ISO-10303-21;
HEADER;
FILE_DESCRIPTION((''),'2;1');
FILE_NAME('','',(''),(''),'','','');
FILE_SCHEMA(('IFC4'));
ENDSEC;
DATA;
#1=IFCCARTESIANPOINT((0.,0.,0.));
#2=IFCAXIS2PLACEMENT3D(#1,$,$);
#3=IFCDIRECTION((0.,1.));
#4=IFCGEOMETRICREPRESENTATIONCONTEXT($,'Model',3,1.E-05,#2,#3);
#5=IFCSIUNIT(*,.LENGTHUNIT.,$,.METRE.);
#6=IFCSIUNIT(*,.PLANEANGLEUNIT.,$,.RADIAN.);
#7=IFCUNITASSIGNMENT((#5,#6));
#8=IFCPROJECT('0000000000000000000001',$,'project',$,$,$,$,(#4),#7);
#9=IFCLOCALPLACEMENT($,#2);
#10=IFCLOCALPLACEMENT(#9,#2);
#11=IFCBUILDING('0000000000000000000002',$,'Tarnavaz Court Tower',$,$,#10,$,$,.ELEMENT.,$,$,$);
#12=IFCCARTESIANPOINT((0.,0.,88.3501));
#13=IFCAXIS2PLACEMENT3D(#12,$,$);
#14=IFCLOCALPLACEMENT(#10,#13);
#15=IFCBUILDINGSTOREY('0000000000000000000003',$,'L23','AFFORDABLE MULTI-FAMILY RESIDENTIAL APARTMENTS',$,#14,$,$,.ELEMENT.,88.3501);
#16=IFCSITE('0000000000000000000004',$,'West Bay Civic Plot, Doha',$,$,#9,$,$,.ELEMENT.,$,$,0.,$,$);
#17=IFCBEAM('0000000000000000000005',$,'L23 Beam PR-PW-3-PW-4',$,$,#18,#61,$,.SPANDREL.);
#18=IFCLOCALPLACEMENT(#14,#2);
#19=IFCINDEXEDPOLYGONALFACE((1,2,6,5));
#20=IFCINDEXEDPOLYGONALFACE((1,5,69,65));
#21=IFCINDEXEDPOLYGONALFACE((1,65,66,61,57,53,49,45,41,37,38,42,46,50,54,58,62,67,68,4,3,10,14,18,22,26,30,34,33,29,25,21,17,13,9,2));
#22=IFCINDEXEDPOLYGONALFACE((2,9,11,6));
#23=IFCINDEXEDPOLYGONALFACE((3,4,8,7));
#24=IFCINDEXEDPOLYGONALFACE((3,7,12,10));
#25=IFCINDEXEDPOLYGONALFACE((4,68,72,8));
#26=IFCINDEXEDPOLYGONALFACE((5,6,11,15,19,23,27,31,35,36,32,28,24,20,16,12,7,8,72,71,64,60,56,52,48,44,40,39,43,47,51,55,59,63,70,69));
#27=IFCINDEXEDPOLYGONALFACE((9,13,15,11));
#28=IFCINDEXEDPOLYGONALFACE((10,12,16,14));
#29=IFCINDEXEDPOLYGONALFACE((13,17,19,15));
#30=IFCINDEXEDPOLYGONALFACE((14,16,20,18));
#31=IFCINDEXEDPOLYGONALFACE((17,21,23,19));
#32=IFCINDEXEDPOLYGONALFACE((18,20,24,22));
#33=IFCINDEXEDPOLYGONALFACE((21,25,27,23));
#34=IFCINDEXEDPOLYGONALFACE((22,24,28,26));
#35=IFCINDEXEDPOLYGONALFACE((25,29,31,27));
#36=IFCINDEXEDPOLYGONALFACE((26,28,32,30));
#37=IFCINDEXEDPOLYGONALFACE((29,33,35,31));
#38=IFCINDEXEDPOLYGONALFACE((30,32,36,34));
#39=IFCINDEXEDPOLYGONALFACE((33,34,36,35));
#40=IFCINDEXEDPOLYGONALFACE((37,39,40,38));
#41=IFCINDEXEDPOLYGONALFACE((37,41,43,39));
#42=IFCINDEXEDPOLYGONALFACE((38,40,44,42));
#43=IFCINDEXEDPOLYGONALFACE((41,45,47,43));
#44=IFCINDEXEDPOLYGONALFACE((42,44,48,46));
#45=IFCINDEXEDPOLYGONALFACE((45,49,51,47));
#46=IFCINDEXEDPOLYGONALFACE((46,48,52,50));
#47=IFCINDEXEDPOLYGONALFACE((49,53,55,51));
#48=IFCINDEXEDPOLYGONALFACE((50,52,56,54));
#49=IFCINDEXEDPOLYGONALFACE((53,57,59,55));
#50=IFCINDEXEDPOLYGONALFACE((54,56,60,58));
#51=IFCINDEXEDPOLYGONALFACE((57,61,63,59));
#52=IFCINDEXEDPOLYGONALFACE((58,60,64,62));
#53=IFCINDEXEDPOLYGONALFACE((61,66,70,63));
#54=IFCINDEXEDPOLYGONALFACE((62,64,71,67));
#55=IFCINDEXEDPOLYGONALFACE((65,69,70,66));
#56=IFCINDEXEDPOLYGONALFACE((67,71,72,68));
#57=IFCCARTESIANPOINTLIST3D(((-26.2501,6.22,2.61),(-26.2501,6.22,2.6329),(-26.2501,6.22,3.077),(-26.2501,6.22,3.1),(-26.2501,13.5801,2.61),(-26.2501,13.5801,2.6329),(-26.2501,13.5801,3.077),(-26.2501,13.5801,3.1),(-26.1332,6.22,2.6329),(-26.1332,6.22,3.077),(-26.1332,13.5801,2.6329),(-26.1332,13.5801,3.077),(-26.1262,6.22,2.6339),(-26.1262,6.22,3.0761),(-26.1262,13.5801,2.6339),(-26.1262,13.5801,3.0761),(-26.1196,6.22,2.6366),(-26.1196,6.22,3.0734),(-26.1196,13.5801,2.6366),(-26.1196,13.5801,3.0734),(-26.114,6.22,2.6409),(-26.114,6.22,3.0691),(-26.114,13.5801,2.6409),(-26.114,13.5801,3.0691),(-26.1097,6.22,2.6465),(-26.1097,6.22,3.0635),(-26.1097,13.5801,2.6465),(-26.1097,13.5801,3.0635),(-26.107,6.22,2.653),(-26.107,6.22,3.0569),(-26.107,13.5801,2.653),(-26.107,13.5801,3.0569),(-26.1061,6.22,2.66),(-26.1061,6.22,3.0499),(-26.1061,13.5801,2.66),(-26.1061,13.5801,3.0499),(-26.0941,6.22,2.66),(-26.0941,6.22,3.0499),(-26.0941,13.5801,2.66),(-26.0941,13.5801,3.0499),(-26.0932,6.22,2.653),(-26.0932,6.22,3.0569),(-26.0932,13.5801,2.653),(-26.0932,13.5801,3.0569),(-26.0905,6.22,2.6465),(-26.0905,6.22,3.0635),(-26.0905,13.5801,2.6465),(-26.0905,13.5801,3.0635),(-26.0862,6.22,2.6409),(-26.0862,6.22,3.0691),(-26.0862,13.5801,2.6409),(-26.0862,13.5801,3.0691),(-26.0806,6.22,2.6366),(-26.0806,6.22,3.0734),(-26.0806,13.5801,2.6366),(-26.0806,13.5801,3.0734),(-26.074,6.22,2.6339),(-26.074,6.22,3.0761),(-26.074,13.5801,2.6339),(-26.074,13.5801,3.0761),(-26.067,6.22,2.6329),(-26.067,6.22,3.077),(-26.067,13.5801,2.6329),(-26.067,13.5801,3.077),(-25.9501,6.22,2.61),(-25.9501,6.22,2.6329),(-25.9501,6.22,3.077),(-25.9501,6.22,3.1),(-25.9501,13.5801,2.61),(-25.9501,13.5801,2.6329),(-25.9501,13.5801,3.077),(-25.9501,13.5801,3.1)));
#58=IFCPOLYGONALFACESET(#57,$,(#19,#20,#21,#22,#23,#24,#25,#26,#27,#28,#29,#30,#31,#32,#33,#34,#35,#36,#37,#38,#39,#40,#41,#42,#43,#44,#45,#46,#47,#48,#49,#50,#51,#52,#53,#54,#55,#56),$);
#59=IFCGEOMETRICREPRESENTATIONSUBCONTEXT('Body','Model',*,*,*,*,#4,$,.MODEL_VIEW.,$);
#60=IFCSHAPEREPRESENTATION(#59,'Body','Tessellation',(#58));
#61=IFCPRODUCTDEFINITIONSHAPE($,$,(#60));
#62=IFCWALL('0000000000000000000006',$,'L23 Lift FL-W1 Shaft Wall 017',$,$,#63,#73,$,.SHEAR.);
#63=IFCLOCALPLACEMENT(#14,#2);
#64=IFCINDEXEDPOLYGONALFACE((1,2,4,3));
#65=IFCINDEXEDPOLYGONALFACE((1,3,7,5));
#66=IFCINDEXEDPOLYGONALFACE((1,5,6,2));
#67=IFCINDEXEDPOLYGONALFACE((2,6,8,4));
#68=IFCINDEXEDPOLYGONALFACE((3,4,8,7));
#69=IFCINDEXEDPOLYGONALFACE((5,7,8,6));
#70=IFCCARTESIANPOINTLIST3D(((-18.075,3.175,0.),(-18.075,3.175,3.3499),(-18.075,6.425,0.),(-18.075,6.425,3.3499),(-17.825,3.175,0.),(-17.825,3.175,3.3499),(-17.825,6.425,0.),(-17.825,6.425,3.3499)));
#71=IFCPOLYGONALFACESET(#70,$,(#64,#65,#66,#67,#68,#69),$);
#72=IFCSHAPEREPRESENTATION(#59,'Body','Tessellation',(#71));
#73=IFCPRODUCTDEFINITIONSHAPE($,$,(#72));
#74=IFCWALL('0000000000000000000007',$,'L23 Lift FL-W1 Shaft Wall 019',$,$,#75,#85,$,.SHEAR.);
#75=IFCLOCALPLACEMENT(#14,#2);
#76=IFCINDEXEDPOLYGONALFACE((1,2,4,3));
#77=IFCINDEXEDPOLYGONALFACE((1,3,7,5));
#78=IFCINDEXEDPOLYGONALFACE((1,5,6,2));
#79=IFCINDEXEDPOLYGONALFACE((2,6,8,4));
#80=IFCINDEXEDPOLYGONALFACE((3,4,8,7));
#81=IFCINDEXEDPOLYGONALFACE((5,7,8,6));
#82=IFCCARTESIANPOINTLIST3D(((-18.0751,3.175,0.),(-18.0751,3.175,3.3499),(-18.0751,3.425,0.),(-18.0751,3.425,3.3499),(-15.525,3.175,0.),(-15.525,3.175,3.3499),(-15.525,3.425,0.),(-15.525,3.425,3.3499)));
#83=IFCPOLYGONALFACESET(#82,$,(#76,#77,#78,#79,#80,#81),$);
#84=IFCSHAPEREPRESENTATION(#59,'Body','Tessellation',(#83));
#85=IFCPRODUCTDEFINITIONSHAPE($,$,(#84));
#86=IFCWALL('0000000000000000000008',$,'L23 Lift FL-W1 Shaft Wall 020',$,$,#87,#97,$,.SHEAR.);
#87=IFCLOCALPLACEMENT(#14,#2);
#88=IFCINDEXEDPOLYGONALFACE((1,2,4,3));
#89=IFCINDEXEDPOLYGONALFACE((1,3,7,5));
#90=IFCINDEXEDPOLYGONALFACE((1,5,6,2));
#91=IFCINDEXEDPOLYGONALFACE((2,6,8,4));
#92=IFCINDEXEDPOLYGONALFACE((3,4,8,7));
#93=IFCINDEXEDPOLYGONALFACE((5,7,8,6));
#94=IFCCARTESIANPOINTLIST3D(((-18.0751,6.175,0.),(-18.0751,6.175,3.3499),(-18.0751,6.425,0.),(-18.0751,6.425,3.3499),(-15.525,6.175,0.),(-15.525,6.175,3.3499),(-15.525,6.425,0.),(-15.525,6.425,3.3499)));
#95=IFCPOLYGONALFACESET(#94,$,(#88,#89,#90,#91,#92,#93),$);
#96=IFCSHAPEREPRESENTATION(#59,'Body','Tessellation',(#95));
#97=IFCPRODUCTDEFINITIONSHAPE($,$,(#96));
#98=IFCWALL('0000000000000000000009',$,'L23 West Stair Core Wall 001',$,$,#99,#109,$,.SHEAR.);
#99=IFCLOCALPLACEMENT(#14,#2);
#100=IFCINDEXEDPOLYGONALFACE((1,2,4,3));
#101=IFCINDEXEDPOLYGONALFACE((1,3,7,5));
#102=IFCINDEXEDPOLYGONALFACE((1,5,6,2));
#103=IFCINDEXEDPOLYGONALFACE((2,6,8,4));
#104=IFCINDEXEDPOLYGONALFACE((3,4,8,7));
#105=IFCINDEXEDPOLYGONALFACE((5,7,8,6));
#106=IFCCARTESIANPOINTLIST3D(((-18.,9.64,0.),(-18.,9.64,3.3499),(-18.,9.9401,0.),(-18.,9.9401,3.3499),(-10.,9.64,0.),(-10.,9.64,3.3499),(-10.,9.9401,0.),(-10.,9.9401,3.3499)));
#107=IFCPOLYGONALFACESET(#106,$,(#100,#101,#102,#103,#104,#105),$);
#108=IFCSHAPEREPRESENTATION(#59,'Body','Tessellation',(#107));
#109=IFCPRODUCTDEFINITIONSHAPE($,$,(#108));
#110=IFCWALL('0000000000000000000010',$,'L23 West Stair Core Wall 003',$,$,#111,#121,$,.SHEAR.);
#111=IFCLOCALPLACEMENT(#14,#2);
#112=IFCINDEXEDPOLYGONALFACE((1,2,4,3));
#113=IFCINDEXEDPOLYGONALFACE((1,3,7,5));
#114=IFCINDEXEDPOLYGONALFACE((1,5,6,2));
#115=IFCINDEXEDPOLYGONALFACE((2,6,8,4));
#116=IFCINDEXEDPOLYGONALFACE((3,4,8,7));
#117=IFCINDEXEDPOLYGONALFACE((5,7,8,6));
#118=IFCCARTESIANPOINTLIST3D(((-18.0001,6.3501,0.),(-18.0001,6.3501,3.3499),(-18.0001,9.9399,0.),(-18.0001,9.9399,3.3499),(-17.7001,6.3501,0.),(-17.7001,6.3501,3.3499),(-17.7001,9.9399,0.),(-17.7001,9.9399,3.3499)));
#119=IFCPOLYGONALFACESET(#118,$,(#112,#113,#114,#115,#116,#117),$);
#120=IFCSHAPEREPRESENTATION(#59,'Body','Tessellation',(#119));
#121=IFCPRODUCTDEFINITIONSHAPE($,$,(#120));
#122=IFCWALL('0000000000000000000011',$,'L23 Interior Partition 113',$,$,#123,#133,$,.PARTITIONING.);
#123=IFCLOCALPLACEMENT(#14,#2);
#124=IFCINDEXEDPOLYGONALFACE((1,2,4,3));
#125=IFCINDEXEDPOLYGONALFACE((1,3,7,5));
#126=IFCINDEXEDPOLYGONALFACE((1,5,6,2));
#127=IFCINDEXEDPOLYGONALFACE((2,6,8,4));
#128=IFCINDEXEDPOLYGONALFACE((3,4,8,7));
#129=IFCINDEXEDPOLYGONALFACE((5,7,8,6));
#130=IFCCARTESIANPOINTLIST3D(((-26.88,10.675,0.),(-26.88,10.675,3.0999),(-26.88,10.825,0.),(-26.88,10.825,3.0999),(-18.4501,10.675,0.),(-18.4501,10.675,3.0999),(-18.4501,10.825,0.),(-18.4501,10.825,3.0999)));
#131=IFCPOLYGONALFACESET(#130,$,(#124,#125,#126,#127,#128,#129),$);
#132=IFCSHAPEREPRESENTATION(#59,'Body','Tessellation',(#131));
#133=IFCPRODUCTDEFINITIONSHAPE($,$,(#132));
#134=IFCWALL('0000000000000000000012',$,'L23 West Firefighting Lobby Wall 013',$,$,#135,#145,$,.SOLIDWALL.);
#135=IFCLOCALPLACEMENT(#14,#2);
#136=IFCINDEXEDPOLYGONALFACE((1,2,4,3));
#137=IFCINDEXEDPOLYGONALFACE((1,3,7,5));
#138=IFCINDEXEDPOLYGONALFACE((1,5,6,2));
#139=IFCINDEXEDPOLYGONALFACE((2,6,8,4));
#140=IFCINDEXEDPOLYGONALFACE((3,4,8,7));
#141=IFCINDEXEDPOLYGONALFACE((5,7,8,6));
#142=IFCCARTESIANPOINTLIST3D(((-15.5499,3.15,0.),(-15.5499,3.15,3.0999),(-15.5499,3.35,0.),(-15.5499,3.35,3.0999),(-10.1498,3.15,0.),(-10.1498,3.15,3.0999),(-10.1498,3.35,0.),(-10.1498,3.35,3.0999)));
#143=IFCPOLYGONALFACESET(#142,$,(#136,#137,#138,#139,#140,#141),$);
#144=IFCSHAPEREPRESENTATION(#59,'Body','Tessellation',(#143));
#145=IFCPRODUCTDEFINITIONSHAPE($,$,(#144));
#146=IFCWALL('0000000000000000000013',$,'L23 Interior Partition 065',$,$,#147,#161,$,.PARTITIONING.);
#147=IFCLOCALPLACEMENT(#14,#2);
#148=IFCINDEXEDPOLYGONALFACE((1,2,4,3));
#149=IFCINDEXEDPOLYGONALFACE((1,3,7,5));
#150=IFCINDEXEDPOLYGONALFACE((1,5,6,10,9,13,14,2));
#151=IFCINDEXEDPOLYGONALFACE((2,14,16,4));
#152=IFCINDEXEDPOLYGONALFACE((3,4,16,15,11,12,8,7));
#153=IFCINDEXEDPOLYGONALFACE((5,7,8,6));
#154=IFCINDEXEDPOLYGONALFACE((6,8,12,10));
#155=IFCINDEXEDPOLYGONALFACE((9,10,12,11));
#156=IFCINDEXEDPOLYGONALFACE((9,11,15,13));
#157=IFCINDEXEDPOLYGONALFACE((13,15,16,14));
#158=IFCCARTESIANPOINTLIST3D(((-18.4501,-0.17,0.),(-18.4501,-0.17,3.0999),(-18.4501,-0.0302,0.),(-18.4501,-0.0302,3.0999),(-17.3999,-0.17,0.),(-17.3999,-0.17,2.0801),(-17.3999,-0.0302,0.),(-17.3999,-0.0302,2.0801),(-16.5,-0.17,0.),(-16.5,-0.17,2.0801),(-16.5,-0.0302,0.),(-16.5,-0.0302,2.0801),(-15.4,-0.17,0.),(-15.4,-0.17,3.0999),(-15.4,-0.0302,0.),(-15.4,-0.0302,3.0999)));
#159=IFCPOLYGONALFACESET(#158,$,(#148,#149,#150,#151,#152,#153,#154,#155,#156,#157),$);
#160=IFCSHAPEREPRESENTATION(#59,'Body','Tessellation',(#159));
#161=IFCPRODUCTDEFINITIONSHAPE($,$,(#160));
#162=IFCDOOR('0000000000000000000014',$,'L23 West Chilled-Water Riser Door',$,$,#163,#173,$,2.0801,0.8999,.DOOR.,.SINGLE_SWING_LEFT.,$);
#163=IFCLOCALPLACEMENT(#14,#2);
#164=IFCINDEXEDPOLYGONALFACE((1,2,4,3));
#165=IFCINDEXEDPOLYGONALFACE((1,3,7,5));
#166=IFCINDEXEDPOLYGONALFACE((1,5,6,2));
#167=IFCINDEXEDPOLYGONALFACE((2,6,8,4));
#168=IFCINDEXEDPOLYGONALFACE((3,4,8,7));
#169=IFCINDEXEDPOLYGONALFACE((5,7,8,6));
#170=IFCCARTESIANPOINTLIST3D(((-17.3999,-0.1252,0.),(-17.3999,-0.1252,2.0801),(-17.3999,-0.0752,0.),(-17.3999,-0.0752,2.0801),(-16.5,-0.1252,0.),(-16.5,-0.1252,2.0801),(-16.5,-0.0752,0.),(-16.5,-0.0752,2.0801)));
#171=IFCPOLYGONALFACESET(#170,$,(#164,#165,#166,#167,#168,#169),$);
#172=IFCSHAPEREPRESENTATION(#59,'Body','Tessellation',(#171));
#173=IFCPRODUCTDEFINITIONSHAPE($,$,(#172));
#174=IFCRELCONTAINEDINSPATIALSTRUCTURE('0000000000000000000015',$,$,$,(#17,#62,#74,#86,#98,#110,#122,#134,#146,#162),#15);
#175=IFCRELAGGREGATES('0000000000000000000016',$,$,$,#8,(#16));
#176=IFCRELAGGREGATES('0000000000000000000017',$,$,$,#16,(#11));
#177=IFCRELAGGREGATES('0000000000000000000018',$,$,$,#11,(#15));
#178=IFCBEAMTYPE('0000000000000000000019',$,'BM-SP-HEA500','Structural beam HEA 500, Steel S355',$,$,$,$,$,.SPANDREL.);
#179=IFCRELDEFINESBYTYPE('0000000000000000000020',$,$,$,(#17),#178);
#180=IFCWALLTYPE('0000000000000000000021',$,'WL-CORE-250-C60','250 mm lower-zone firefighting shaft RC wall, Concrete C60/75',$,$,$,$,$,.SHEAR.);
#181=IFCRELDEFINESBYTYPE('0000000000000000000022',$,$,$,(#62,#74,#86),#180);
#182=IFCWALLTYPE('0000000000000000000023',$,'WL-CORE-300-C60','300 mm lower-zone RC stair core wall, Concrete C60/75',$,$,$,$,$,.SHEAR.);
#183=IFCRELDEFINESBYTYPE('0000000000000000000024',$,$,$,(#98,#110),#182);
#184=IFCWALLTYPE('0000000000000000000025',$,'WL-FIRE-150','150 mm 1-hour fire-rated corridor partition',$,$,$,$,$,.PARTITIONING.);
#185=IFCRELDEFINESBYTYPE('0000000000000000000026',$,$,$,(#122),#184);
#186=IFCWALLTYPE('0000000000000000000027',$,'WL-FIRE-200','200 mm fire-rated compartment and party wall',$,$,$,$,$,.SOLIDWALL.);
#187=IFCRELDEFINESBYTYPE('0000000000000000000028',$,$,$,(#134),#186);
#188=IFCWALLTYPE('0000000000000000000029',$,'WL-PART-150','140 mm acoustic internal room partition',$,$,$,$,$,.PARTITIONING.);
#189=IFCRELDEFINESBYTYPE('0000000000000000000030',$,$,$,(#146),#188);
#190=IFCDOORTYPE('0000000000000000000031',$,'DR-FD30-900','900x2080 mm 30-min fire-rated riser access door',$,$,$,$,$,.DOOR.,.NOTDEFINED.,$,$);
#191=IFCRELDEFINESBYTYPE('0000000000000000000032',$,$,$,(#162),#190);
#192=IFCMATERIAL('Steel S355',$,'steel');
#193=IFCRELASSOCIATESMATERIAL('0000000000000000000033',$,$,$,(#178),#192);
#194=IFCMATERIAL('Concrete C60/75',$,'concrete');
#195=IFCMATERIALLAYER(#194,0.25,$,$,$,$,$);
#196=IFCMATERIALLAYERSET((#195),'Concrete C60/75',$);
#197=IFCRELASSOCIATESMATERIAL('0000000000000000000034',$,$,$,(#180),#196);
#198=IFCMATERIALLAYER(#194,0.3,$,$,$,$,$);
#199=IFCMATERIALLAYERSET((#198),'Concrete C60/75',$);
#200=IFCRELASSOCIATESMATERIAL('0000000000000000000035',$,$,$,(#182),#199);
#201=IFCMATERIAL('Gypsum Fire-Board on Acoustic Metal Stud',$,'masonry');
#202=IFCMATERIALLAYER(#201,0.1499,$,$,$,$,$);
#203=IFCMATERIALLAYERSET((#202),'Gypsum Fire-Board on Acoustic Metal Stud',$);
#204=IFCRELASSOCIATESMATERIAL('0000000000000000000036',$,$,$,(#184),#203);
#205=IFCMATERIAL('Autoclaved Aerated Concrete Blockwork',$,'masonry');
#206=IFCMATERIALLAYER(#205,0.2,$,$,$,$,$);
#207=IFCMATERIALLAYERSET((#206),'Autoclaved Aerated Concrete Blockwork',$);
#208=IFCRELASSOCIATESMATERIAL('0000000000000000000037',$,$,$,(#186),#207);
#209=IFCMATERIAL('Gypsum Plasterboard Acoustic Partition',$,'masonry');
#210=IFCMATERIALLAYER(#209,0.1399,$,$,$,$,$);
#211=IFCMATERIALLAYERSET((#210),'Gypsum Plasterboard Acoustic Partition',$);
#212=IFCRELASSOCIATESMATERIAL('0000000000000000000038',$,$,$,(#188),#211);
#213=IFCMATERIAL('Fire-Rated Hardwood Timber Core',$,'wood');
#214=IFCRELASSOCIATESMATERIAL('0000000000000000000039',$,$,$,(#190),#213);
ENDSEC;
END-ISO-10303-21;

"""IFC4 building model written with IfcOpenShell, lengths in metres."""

from ifc_helpers import new_model, si_unit, direction, frame, frame_2d, origin, origin_2d, place, context, subcontext, project, spatial, rectangle, i_section, extrude, material, layer, layer_set, material_profile, profile_set, type_object, element, fill, save


model = new_model("IFC4")

# Units and contexts
model_context = context("Model", 3, precision=1e-05, world=origin(), true_north=direction((0.0, 1.0)))
body_context = subcontext(model_context, "Body", "Model", "MODEL_VIEW")
ifc_project = project(units=[si_unit("LENGTHUNIT", "METRE"), si_unit("PLANEANGLEUNIT", "RADIAN")], contexts=[model_context])

# Site, building, storey
site_placement = place(None, origin())
site = spatial("IfcSite", under=ifc_project, at=site_placement, Name="West Bay Civic Plot, Doha", CompositionType="ELEMENT", RefElevation=0.0)
building_placement = place(site_placement, origin())
building = spatial("IfcBuilding", under=site, at=building_placement, Name="Tarnavaz Court Tower", CompositionType="ELEMENT")
storey_placement = place(building_placement, frame((0.0, 0.0, 88.3501)))
storey = spatial("IfcBuildingStorey", under=building, at=storey_placement, Name="L23", Description="AFFORDABLE MULTI-FAMILY RESIDENTIAL APARTMENTS", CompositionType="ELEMENT", Elevation=88.3501)

# Shared definitions
ifc_material_1 = material(Name="Concrete C60/75", Category="concrete")

# Beam
ifc_material_2 = material(Name="Steel S355", Category="steel")
ifc_material_profile_1 = material_profile(ifc_material_2, i_section(OverallWidth=0.3, OverallDepth=0.49, WebThickness=0.012, FlangeThickness=0.0229, FilletRadius=0.0271, at=origin_2d()), Name="HEA 500")
ifc_profile_set_1 = profile_set([ifc_material_profile_1], Name="Steel S355")
beam_type_1 = type_object("IfcBeamType", Name="BM-SP-HEA500", Description="Structural beam HEA 500, Steel S355", PredefinedType="SPANDREL", material=ifc_profile_set_1)
beam_1_placement = place(storey_placement, frame((-26.1001, 6.22, 2.855), z_axis=(0.0, 1.0, 0.0), x_axis=(-1.0, 0.0, 0.0)))
element("IfcBeam", 1, at=beam_1_placement, inside=storey, type_object=beam_type_1, Name="L23 Beam PR-PW-3-PW-4", PredefinedType="SPANDREL", context=body_context, shape_type="SweptSolid", body=[
    extrude(i_section(OverallWidth=0.3, OverallDepth=0.49, WebThickness=0.012, FlangeThickness=0.0229, FilletRadius=0.0271, at=origin_2d()), origin(), (0.0, 0.0, 1.0), 7.3601),
])

# Wall
ifc_layer_1 = layer(ifc_material_1, 0.25)
ifc_layer_set_1 = layer_set([ifc_layer_1], Name="Concrete C60/75")
wall_type_1 = type_object("IfcWallType", Name="WL-CORE-250-C60", Description="250 mm lower-zone firefighting shaft RC wall, Concrete C60/75", PredefinedType="SHEAR", material=ifc_layer_set_1)
wall_1_placement = place(storey_placement, frame((-17.95, 3.175, 0.0), z_axis=(0.0, 0.0, 1.0), x_axis=(0.0, 1.0, 0.0)))
element("IfcWall", 2, at=wall_1_placement, inside=storey, type_object=wall_type_1, Name="L23 Lift FL-W1 Shaft Wall 017", PredefinedType="SHEAR", context=body_context, shape_type="SweptSolid", body=[
    extrude(rectangle(XDim=3.25, YDim=0.25, at=frame_2d((1.625, 0.0))), origin(), (0.0, 0.0, 1.0), 3.3499),
])

# Walls
for number, where, z_axis, x_axis, name in (
    (3, (-18.075, 3.3, 0.0), (0.0, 0.0, 1.0), (1.0, 0.0, 0.0), "L23 Lift FL-W1 Shaft Wall 019"),
    (4, (-18.075, 6.3, 0.0), (0.0, 0.0, 1.0), (1.0, 0.0, 0.0), "L23 Lift FL-W1 Shaft Wall 020"),
):
    element("IfcWall", number, at=place(storey_placement, frame(where, z_axis=z_axis, x_axis=x_axis)), inside=storey, type_object=wall_type_1, Name=name, PredefinedType="SHEAR", context=body_context, shape_type="SweptSolid", body=[
        extrude(rectangle(XDim=2.55, YDim=0.25, at=frame_2d((1.2749, 0.0))), origin(), (0.0, 0.0, 1.0), 3.3499),
    ])
ifc_layer_2 = layer(ifc_material_1, 0.3)
ifc_layer_set_2 = layer_set([ifc_layer_2], Name="Concrete C60/75")
wall_type_2 = type_object("IfcWallType", Name="WL-CORE-300-C60", Description="300 mm lower-zone RC stair core wall, Concrete C60/75", PredefinedType="SHEAR", material=ifc_layer_set_2)
wall_2_placement = place(storey_placement, frame((-18.0, 9.79, 0.0), z_axis=(0.0, 0.0, 1.0), x_axis=(1.0, 0.0, 0.0)))
element("IfcWall", 5, at=wall_2_placement, inside=storey, type_object=wall_type_2, Name="L23 West Stair Core Wall 001", PredefinedType="SHEAR", context=body_context, shape_type="SweptSolid", body=[
    extrude(rectangle(XDim=8.0, YDim=0.3, at=frame_2d((4.0, 0.0))), origin(), (0.0, 0.0, 1.0), 3.3499),
])

# Shared definitions
ifc_material_3 = material(Name="Fire-Rated Hardwood Timber Core", Category="wood")

# Walls
wall_3_placement = place(storey_placement, frame((-17.8501, 6.3501, 0.0), z_axis=(0.0, 0.0, 1.0), x_axis=(0.0, 1.0, 0.0)))
element("IfcWall", 6, at=wall_3_placement, inside=storey, type_object=wall_type_2, Name="L23 West Stair Core Wall 003", PredefinedType="SHEAR", context=body_context, shape_type="SweptSolid", body=[
    extrude(rectangle(XDim=3.5898, YDim=0.3, at=frame_2d((1.7949, 0.0))), origin(), (0.0, 0.0, 1.0), 3.3499),
])
ifc_material_4 = material(Name="Gypsum Fire-Board on Acoustic Metal Stud", Category="masonry")
ifc_layer_3 = layer(ifc_material_4, 0.1499)
ifc_layer_set_3 = layer_set([ifc_layer_3], Name="Gypsum Fire-Board on Acoustic Metal Stud")
wall_type_3 = type_object("IfcWallType", Name="WL-FIRE-150", Description="150 mm 1-hour fire-rated corridor partition", PredefinedType="PARTITIONING", material=ifc_layer_set_3)
wall_4_placement = place(storey_placement, frame((-26.8799, 10.75, 0.0), z_axis=(0.0, 0.0, 1.0), x_axis=(1.0, 0.0, 0.0)))
element("IfcWall", 7, at=wall_4_placement, inside=storey, type_object=wall_type_3, Name="L23 Interior Partition 113", PredefinedType="PARTITIONING", context=body_context, shape_type="SweptSolid", body=[
    extrude(rectangle(XDim=8.4299, YDim=0.1499, at=frame_2d((4.2148, 0.0))), origin(), (0.0, 0.0, 1.0), 3.0999),
])
ifc_material_5 = material(Name="Autoclaved Aerated Concrete Blockwork", Category="masonry")
ifc_layer_4 = layer(ifc_material_5, 0.2)
ifc_layer_set_4 = layer_set([ifc_layer_4], Name="Autoclaved Aerated Concrete Blockwork")
wall_type_4 = type_object("IfcWallType", Name="WL-FIRE-200", Description="200 mm fire-rated compartment and party wall", PredefinedType="SOLIDWALL", material=ifc_layer_set_4)
wall_5_placement = place(storey_placement, frame((-15.55, 3.25, 0.0), z_axis=(0.0, 0.0, 1.0), x_axis=(1.0, 0.0, 0.0)))
element("IfcWall", 8, at=wall_5_placement, inside=storey, type_object=wall_type_4, Name="L23 West Firefighting Lobby Wall 013", PredefinedType="SOLIDWALL", context=body_context, shape_type="SweptSolid", body=[
    extrude(rectangle(XDim=5.4001, YDim=0.2, at=frame_2d((2.7002, 0.0))), origin(), (0.0, 0.0, 1.0), 3.0999),
])

# Wall, opening, door
ifc_material_6 = material(Name="Gypsum Plasterboard Acoustic Partition", Category="masonry")
ifc_layer_5 = layer(ifc_material_6, 0.1399)
ifc_layer_set_5 = layer_set([ifc_layer_5], Name="Gypsum Plasterboard Acoustic Partition")
wall_type_5 = type_object("IfcWallType", Name="WL-PART-150", Description="140 mm acoustic internal room partition", PredefinedType="PARTITIONING", material=ifc_layer_set_5)
wall_6_placement = place(storey_placement, frame((-18.45, -0.1001, 0.0), z_axis=(0.0, 0.0, 1.0), x_axis=(1.0, 0.0, 0.0)))
wall_6 = element("IfcWall", 9, at=wall_6_placement, inside=storey, type_object=wall_type_5, Name="L23 Interior Partition 065", PredefinedType="PARTITIONING", context=body_context, shape_type="SweptSolid", body=[
    extrude(rectangle(XDim=3.05, YDim=0.1399, at=frame_2d((1.5249, 0.0))), origin(), (0.0, 0.0, 1.0), 3.0999),
])
opening_1_placement = place(wall_6_placement, frame((1.05, 0.0, 0.0)))
opening_1 = element("IfcOpeningElement", 10, at=opening_1_placement, cuts=wall_6, PredefinedType="OPENING", context=body_context, shape_type="SweptSolid", body=[
    extrude(rectangle(XDim=0.8999, YDim=2.0801, at=frame_2d((0.45, 1.04))), frame((0.0, 0.0798, 0.0), z_axis=(0.0, -1.0, 0.0), x_axis=(1.0, 0.0, 0.0)), (0.0, 0.0, 1.0), 0.1599),
])
door_type_1 = type_object("IfcDoorType", Name="DR-FD30-900", Description="900x2080 mm 30-min fire-rated riser access door", OperationType="NOTDEFINED", PredefinedType="DOOR", material=ifc_material_3)
door_1_placement = place(opening_1_placement, origin())
door_1 = element("IfcDoor", 11, at=door_1_placement, inside=storey, type_object=door_type_1, Name="L23 West Chilled-Water Riser Door", OperationType="SINGLE_SWING_LEFT", OverallHeight=2.0801, OverallWidth=0.8999, PredefinedType="DOOR", context=body_context, shape_type="SweptSolid", body=[
    extrude(rectangle(XDim=0.8999, YDim=2.0801, at=frame_2d((0.45, 1.04))), frame((0.0, 0.0249, 0.0), z_axis=(0.0, -1.0, 0.0), x_axis=(1.0, 0.0, 0.0)), (0.0, 0.0, 1.0), 0.05),
])
fill(opening_1, door_1)

save(model, "model.ifc")
